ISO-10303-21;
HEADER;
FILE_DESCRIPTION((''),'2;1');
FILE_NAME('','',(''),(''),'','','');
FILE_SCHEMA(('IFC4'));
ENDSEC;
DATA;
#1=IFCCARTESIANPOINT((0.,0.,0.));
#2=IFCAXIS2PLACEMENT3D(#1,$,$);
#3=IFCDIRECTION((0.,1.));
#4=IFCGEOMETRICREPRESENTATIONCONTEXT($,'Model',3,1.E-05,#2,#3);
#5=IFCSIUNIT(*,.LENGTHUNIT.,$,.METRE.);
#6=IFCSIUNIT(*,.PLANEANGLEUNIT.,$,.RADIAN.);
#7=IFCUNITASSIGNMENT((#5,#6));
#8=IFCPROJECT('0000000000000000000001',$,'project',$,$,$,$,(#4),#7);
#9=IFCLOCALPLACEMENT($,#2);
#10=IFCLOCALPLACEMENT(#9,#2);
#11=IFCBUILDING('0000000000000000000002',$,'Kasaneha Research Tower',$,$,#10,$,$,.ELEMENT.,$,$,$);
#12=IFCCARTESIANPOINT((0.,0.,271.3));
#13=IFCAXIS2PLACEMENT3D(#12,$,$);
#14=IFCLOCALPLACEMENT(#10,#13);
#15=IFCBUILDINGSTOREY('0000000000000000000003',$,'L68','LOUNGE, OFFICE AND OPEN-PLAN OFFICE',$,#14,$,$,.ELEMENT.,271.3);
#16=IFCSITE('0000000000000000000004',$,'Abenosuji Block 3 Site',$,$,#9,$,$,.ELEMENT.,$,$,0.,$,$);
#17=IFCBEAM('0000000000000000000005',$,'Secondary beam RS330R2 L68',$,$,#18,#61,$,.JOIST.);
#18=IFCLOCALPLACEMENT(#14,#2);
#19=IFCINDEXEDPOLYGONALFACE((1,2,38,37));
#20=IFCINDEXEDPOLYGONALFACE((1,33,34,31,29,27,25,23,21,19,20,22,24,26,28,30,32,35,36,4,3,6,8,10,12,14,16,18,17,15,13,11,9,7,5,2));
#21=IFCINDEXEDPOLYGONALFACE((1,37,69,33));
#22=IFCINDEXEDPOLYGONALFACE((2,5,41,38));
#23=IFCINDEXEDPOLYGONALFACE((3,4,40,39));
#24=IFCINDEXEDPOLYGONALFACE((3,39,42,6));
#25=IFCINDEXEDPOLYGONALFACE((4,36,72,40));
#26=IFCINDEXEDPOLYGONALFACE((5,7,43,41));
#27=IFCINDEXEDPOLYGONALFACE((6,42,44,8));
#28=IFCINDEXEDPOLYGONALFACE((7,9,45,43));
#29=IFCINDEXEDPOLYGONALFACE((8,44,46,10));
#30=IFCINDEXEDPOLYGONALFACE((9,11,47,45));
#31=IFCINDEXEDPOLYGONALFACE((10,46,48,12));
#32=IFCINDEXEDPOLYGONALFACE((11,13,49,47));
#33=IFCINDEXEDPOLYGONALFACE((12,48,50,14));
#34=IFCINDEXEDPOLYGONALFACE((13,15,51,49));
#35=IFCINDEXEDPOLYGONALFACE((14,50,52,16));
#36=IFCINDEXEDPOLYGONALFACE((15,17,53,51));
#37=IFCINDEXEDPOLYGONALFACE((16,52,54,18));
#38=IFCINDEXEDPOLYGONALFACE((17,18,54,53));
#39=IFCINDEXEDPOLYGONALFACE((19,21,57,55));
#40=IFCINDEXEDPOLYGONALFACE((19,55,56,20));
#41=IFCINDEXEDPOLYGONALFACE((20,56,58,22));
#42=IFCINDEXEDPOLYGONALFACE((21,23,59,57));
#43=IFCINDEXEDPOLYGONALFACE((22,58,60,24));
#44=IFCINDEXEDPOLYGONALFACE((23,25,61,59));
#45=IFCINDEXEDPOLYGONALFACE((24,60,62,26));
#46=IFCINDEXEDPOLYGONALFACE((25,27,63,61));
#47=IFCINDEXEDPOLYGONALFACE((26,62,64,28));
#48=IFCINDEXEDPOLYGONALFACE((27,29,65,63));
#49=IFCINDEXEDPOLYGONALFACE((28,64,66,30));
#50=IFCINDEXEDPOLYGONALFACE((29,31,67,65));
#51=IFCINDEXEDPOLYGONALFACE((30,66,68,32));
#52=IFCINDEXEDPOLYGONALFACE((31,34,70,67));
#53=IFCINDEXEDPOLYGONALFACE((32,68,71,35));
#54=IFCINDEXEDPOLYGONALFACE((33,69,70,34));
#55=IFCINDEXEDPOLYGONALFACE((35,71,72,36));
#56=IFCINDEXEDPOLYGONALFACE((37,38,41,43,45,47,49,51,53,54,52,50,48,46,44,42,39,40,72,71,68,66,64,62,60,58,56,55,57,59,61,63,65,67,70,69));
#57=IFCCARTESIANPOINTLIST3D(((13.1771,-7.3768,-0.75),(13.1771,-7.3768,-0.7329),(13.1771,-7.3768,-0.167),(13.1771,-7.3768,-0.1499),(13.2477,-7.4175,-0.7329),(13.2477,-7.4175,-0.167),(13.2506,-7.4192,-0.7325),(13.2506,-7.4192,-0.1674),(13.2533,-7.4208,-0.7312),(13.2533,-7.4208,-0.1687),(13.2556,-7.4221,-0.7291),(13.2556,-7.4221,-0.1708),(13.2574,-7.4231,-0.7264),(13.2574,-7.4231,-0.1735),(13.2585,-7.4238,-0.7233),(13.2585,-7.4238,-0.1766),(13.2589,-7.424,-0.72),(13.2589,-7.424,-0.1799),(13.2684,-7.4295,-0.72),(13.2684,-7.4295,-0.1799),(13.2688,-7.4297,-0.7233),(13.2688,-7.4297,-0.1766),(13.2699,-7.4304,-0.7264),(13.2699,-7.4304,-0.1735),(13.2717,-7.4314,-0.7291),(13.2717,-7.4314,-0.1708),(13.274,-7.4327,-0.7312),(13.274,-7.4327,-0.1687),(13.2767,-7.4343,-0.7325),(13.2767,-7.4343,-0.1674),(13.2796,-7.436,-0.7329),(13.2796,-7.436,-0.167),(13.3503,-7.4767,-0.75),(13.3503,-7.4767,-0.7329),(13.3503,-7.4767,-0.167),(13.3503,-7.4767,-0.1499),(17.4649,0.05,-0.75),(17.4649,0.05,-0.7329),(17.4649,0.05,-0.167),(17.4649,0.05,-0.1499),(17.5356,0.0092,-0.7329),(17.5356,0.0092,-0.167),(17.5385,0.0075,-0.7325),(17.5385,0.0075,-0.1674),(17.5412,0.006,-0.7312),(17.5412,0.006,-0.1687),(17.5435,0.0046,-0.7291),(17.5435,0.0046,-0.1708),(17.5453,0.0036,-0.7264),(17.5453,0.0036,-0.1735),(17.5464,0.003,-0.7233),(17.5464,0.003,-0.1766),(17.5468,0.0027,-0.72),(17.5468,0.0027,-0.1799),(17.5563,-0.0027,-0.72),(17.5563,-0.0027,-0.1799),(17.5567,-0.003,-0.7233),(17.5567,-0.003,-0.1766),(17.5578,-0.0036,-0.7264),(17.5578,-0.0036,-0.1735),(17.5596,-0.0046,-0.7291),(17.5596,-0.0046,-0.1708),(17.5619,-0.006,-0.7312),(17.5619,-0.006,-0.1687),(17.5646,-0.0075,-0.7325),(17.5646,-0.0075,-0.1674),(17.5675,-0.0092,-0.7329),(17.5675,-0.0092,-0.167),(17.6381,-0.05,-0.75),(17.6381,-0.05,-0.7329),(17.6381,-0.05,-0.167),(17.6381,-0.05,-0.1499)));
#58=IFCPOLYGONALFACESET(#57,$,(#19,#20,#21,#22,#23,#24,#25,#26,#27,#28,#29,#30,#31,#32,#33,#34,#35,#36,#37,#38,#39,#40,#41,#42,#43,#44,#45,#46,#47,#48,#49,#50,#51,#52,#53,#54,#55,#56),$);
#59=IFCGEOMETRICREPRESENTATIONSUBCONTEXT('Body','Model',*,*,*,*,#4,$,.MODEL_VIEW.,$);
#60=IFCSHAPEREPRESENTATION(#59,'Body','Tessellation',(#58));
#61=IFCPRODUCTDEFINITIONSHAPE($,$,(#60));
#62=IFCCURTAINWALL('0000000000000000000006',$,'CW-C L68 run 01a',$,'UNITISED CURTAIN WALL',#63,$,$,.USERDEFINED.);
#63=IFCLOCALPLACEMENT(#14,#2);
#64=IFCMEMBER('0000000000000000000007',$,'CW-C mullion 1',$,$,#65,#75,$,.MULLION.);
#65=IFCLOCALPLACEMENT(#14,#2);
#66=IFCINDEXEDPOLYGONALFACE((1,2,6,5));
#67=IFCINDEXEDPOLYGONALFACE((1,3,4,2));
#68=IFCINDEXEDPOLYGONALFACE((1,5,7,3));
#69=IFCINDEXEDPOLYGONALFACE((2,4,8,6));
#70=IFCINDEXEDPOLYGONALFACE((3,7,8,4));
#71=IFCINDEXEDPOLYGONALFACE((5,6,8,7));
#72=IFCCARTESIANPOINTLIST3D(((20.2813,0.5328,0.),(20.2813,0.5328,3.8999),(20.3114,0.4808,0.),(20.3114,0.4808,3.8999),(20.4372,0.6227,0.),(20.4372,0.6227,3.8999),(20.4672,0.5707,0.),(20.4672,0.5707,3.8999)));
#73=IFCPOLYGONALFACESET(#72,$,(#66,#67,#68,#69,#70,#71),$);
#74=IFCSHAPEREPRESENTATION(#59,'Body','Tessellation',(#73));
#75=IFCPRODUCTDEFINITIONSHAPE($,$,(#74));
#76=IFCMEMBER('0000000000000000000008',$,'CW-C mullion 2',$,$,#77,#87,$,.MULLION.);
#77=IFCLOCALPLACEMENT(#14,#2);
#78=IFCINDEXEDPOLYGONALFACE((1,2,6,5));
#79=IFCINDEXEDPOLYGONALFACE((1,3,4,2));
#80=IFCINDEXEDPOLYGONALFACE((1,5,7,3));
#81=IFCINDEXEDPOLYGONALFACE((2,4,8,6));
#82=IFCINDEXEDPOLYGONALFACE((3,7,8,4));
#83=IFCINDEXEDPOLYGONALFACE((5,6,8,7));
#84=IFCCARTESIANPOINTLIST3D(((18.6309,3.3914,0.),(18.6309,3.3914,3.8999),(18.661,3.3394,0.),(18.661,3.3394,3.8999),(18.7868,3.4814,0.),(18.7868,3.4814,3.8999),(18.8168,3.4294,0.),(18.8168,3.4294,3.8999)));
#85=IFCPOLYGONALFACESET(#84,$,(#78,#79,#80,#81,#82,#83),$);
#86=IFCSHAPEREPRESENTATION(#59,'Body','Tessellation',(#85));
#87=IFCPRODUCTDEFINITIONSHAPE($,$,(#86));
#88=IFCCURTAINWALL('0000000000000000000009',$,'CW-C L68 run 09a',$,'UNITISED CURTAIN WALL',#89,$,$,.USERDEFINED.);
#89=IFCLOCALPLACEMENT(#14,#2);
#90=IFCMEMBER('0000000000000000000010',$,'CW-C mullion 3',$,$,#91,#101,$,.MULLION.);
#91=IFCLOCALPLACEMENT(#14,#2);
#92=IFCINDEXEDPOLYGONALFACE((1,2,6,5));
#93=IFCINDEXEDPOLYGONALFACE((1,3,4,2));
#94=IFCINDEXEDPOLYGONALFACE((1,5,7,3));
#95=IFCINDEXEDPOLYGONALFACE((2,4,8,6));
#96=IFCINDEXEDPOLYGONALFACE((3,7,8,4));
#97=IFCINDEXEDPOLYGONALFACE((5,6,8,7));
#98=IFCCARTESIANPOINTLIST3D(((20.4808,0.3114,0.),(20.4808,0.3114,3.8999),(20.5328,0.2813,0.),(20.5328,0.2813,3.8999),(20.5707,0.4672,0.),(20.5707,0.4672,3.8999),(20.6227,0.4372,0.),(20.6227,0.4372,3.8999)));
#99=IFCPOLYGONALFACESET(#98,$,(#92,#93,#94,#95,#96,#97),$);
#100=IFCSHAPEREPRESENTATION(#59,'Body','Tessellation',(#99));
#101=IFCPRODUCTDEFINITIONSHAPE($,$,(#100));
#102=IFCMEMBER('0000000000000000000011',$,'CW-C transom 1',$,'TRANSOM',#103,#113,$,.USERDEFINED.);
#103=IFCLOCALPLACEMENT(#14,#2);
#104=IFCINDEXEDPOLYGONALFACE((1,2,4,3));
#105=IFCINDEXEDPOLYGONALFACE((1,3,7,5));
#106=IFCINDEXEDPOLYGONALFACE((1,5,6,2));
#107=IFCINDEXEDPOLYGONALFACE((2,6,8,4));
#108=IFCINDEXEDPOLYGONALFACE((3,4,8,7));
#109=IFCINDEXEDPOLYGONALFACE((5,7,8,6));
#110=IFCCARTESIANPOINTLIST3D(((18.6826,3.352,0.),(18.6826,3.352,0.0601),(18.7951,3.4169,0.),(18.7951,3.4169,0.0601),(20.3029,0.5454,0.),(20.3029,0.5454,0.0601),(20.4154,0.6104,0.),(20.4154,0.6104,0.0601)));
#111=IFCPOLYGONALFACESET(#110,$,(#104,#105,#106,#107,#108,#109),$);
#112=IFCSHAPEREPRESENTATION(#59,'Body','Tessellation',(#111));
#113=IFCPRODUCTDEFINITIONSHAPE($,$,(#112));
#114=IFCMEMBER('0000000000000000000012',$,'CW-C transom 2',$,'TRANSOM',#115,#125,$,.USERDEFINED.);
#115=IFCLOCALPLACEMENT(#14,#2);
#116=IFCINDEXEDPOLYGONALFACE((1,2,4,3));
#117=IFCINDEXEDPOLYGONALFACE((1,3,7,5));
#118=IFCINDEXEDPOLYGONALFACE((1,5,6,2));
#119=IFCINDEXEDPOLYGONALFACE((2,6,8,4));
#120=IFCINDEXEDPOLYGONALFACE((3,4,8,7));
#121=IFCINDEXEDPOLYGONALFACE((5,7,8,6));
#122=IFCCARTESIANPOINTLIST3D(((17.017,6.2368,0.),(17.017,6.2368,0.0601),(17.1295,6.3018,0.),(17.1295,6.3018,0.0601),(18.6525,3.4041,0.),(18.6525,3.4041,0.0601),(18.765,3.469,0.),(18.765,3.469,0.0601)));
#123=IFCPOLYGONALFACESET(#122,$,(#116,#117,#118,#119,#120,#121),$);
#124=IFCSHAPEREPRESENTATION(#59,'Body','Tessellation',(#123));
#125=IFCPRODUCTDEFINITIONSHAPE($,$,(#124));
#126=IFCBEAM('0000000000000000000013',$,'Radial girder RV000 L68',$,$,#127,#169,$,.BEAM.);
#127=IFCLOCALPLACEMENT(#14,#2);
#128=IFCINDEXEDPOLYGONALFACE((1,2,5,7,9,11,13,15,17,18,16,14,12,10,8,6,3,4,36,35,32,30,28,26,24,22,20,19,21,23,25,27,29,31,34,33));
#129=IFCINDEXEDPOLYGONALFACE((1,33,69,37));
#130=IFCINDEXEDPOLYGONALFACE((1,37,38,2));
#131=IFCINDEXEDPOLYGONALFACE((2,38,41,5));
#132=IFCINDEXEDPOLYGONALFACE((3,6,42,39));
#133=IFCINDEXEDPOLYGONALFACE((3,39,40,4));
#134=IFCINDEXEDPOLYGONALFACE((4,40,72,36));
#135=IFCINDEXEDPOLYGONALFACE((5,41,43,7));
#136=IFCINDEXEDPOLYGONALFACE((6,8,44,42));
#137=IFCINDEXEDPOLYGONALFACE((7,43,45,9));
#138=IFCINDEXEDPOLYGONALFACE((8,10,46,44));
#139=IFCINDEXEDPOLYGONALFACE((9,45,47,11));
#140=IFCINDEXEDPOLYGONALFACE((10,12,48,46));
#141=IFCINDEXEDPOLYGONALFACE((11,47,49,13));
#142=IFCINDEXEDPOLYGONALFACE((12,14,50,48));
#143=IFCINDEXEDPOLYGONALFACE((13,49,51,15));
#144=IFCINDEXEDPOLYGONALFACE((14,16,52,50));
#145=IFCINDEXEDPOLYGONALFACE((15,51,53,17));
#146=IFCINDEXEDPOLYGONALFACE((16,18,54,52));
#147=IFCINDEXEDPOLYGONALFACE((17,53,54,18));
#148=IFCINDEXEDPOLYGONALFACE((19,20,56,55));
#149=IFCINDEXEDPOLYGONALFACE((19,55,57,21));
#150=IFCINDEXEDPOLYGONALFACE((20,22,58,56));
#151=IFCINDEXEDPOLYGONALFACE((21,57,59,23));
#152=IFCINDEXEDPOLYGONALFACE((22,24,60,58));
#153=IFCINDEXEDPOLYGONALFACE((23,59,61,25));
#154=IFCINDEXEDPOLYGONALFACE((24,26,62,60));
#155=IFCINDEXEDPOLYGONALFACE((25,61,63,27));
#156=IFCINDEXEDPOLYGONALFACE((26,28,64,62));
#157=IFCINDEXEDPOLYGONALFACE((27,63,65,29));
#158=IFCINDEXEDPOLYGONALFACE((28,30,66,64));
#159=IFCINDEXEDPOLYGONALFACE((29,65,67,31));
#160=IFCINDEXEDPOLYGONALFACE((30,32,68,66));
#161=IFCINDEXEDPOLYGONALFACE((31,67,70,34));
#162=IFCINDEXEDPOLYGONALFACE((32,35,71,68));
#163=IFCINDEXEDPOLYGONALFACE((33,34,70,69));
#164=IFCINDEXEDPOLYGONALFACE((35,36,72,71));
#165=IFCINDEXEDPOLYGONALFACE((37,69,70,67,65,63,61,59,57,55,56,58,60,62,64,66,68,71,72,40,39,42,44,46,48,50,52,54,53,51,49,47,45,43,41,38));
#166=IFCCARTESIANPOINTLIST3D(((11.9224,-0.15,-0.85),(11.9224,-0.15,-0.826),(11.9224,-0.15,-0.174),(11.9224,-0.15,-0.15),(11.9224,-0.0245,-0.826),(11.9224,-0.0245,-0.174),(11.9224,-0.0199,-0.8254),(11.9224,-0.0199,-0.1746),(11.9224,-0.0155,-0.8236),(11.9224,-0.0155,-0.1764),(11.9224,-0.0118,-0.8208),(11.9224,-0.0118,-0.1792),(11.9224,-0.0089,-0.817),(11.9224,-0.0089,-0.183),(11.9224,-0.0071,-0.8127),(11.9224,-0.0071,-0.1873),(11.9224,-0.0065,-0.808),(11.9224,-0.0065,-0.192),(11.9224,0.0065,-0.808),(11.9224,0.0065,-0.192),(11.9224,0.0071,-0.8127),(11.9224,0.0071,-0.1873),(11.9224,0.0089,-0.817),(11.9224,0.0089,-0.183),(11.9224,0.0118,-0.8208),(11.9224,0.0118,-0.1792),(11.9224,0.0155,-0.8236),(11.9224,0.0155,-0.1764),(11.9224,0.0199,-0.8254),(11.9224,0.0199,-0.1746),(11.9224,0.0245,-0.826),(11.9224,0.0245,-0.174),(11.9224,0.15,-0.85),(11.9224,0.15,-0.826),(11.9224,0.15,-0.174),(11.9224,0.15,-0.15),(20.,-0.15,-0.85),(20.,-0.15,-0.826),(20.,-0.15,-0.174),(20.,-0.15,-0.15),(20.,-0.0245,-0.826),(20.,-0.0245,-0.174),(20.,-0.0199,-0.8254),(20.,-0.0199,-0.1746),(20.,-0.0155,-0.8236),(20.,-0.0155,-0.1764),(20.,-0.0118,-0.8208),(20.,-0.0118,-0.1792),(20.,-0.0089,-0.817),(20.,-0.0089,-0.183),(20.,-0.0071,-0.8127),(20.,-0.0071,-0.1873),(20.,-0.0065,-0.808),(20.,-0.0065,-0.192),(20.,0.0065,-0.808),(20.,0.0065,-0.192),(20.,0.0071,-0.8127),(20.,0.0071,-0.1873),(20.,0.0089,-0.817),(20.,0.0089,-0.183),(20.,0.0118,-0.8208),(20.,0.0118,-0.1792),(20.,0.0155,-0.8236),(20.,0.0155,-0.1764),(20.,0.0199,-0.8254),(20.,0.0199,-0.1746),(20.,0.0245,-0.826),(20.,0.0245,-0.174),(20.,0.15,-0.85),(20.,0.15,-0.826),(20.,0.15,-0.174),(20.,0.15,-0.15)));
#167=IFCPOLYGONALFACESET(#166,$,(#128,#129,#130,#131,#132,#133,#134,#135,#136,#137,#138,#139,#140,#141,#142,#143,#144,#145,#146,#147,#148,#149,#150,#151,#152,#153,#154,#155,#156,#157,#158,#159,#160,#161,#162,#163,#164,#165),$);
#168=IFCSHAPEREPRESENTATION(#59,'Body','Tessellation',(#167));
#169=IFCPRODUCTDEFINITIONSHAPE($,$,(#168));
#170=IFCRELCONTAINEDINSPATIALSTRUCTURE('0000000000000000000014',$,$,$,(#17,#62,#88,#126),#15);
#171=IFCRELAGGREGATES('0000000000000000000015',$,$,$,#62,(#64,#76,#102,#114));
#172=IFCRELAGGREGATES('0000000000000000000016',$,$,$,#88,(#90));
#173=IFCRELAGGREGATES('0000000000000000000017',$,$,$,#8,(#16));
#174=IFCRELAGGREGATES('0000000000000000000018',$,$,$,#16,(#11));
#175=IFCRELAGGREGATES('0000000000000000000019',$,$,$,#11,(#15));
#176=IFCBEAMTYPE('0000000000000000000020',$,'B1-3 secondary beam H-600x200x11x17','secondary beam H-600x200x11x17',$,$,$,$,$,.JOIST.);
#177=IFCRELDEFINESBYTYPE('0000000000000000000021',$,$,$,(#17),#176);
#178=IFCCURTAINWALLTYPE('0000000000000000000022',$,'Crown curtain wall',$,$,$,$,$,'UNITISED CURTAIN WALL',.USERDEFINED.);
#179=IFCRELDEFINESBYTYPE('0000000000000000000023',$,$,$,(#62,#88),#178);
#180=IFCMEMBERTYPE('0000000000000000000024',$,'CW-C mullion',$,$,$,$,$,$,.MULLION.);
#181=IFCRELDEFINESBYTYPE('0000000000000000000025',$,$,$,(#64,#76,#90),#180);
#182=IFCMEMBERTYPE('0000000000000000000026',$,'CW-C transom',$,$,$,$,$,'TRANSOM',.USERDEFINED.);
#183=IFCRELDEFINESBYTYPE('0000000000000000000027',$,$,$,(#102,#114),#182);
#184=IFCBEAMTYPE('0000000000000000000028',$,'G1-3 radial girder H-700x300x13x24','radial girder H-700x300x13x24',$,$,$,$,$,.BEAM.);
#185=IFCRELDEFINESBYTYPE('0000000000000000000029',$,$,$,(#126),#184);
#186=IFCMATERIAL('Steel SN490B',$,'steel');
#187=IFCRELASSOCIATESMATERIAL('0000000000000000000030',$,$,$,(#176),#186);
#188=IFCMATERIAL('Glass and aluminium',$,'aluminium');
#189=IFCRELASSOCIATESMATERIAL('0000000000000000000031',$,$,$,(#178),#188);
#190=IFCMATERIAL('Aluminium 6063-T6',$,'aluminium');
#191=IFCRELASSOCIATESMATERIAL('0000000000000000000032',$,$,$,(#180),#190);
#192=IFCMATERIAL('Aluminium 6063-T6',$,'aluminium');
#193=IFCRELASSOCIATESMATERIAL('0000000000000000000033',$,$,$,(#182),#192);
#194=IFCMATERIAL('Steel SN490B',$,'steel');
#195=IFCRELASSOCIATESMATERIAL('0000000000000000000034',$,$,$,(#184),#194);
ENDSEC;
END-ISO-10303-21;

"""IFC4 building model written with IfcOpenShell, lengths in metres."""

from ifc_helpers import new_model, si_unit, direction, frame, origin, origin_2d, place, context, subcontext, project, spatial, rectangle, i_section, extrude, material, material_profile, profile_set, type_object, element, aggregate, save


model = new_model("IFC4")

# Units and contexts
model_context = context("Model", 3, precision=1e-05, world=origin(), true_north=direction((0.0, 1.0)))
body_context = subcontext(model_context, "Body", "Model", "MODEL_VIEW")
ifc_project = project(units=[si_unit("LENGTHUNIT", "METRE"), si_unit("PLANEANGLEUNIT", "RADIAN")], contexts=[model_context])

# Site, building, storey
site_placement = place(None, origin())
site = spatial("IfcSite", under=ifc_project, at=site_placement, Name="Abenosuji Block 3 Site", CompositionType="ELEMENT", RefElevation=0.0)
building_placement = place(site_placement, origin())
building = spatial("IfcBuilding", under=site, at=building_placement, Name="Kasaneha Research Tower", CompositionType="ELEMENT")
storey_placement = place(building_placement, frame((0.0, 0.0, 271.3)))
storey = spatial("IfcBuildingStorey", under=building, at=storey_placement, Name="L68", Description="LOUNGE, OFFICE AND OPEN-PLAN OFFICE", CompositionType="ELEMENT", Elevation=271.3)

# Beam
ifc_material_1 = material(Name="Steel SN490B", Category="steel")
ifc_material_profile_1 = material_profile(ifc_material_1, i_section(OverallWidth=0.2, OverallDepth=0.6001, WebThickness=0.011, FlangeThickness=0.0171, FilletRadius=0.0129, at=origin_2d()), Name="H-600x200x11x17")
ifc_profile_set_1 = profile_set([ifc_material_profile_1], Name="Steel SN490B")
beam_type_1 = type_object("IfcBeamType", Name="B1-3 secondary beam H-600x200x11x17", Description="secondary beam H-600x200x11x17", PredefinedType="JOIST", material=ifc_profile_set_1)
beam_1_placement = place(storey_placement, frame((17.5515, 0.0, -0.45), z_axis=(-0.5, -0.866025, 0.0), x_axis=(0.866025, -0.5, 0.0)))
element("IfcBeam", 1, at=beam_1_placement, inside=storey, type_object=beam_type_1, Name="Secondary beam RS330R2 L68", PredefinedType="JOIST", context=body_context, shape_type="SweptSolid", body=[
    extrude(i_section(OverallWidth=0.2, OverallDepth=0.6001, WebThickness=0.011, FlangeThickness=0.0171, FilletRadius=0.0129, at=origin_2d()), origin(), (0.0, 0.0, 1.0), 8.5757),
])

# Curtain wall, members
ifc_material_2 = material(Name="Glass and aluminium", Category="aluminium")
curtain_wall_type = type_object("IfcCurtainWallType", Name="Crown curtain wall", ElementType="UNITISED CURTAIN WALL", PredefinedType="USERDEFINED", material=ifc_material_2)
curtain_wall_1_placement = place(storey_placement, origin())
curtain_wall_1 = element("IfcCurtainWall", 2, at=curtain_wall_1_placement, inside=storey, type_object=curtain_wall_type, Name="CW-C L68 run 01a", ObjectType="UNITISED CURTAIN WALL", PredefinedType="USERDEFINED")
ifc_material_3 = material(Name="Aluminium 6063-T6", Category="aluminium")
ifc_material_profile_2 = material_profile(ifc_material_3, rectangle(XDim=0.0601, YDim=0.1799, at=origin_2d()), Name="CW-C mullion 60x180")
ifc_profile_set_2 = profile_set([ifc_material_profile_2], Name="Aluminium 6063-T6")
member_type_1 = type_object("IfcMemberType", Name="CW-C mullion", PredefinedType="MULLION", material=ifc_profile_set_2)
member_1_placement = place(storey_placement, frame((20.3743, 0.5518, 0.0), z_axis=(0.0, 0.0, 1.0), x_axis=(-0.5, 0.866025, 0.0)))
member_1 = element("IfcMember", 3, at=member_1_placement, type_object=member_type_1, Name="CW-C mullion 1", PredefinedType="MULLION", context=body_context, shape_type="SweptSolid", body=[
    extrude(rectangle(XDim=0.0601, YDim=0.1799, at=origin_2d()), origin(), (0.0, 0.0, 1.0), 3.8999),
])
member_2_placement = place(storey_placement, frame((18.7239, 3.4104, 0.0), z_axis=(0.0, 0.0, 1.0), x_axis=(-0.5, 0.866025, 0.0)))
member_2 = element("IfcMember", 4, at=member_2_placement, type_object=member_type_1, Name="CW-C mullion 2", PredefinedType="MULLION", context=body_context, shape_type="SweptSolid", body=[
    extrude(rectangle(XDim=0.0601, YDim=0.1799, at=origin_2d()), origin(), (0.0, 0.0, 1.0), 3.8999),
])

# Curtain wall, member
curtain_wall_2_placement = place(storey_placement, origin())
curtain_wall_2 = element("IfcCurtainWall", 5, at=curtain_wall_2_placement, inside=storey, type_object=curtain_wall_type, Name="CW-C L68 run 09a", ObjectType="UNITISED CURTAIN WALL", PredefinedType="USERDEFINED")
member_3_placement = place(storey_placement, frame((20.5518, 0.3743, 0.0), z_axis=(0.0, 0.0, 1.0), x_axis=(-0.866025, 0.5, 0.0)))
member_3 = element("IfcMember", 6, at=member_3_placement, type_object=member_type_1, Name="CW-C mullion 3", PredefinedType="MULLION", context=body_context, shape_type="SweptSolid", body=[
    extrude(rectangle(XDim=0.0601, YDim=0.1799, at=origin_2d()), origin(), (0.0, 0.0, 1.0), 3.8999),
])

# Members
ifc_material_4 = material(Name="Aluminium 6063-T6", Category="aluminium")
ifc_material_profile_3 = material_profile(ifc_material_4, rectangle(XDim=0.1299, YDim=0.0601, at=origin_2d()), Name="CW-C transom 130x60")
ifc_profile_set_3 = profile_set([ifc_material_profile_3], Name="Aluminium 6063-T6")
member_type_2 = type_object("IfcMemberType", Name="CW-C transom", ElementType="TRANSOM", PredefinedType="USERDEFINED", material=ifc_profile_set_3)
member_4_placement = place(storey_placement, frame((20.3591, 0.5779, 0.03), z_axis=(-0.499988, 0.866033, 0.0), x_axis=(-0.866033, -0.499988, 0.0)))
member_4 = element("IfcMember", 7, at=member_4_placement, type_object=member_type_2, Name="CW-C transom 1", ObjectType="TRANSOM", PredefinedType="USERDEFINED", context=body_context, shape_type="SweptSolid", body=[
    extrude(rectangle(XDim=0.1299, YDim=0.0601, at=origin_2d()), origin(), (0.0, 0.0, 1.0), 3.2407),
])
member_5_placement = place(storey_placement, frame((18.7087, 3.4365, 0.03), z_axis=(-0.5, 0.866025, 0.0), x_axis=(-0.866025, -0.5, 0.0)))
member_5 = element("IfcMember", 8, at=member_5_placement, type_object=member_type_2, Name="CW-C transom 2", ObjectType="TRANSOM", PredefinedType="USERDEFINED", context=body_context, shape_type="SweptSolid", body=[
    extrude(rectangle(XDim=0.1299, YDim=0.0601, at=origin_2d()), origin(), (0.0, 0.0, 1.0), 3.271),
])

# Beam
ifc_material_5 = material(Name="Steel SN490B", Category="steel")
ifc_material_profile_4 = material_profile(ifc_material_5, i_section(OverallWidth=0.3, OverallDepth=0.7, WebThickness=0.0129, FlangeThickness=0.0239, FilletRadius=0.0181, at=origin_2d()), Name="H-700x300x13x24")
ifc_profile_set_4 = profile_set([ifc_material_profile_4], Name="Steel SN490B")
beam_type_2 = type_object("IfcBeamType", Name="G1-3 radial girder H-700x300x13x24", Description="radial girder H-700x300x13x24", PredefinedType="BEAM", material=ifc_profile_set_4)
beam_2_placement = place(storey_placement, frame((11.9224, 0.0, -0.5), z_axis=(1.0, 0.0, 0.0), x_axis=(0.0, 1.0, 0.0)))
element("IfcBeam", 9, at=beam_2_placement, inside=storey, type_object=beam_type_2, Name="Radial girder RV000 L68", PredefinedType="BEAM", context=body_context, shape_type="SweptSolid", body=[
    extrude(i_section(OverallWidth=0.3, OverallDepth=0.7, WebThickness=0.0129, FlangeThickness=0.0239, FilletRadius=0.0181, at=origin_2d()), origin(), (0.0, 0.0, 1.0), 8.0776),
])

aggregate(curtain_wall_1, [member_1, member_2, member_4, member_5])
aggregate(curtain_wall_2, [member_3])

save(model, "model.ifc")
